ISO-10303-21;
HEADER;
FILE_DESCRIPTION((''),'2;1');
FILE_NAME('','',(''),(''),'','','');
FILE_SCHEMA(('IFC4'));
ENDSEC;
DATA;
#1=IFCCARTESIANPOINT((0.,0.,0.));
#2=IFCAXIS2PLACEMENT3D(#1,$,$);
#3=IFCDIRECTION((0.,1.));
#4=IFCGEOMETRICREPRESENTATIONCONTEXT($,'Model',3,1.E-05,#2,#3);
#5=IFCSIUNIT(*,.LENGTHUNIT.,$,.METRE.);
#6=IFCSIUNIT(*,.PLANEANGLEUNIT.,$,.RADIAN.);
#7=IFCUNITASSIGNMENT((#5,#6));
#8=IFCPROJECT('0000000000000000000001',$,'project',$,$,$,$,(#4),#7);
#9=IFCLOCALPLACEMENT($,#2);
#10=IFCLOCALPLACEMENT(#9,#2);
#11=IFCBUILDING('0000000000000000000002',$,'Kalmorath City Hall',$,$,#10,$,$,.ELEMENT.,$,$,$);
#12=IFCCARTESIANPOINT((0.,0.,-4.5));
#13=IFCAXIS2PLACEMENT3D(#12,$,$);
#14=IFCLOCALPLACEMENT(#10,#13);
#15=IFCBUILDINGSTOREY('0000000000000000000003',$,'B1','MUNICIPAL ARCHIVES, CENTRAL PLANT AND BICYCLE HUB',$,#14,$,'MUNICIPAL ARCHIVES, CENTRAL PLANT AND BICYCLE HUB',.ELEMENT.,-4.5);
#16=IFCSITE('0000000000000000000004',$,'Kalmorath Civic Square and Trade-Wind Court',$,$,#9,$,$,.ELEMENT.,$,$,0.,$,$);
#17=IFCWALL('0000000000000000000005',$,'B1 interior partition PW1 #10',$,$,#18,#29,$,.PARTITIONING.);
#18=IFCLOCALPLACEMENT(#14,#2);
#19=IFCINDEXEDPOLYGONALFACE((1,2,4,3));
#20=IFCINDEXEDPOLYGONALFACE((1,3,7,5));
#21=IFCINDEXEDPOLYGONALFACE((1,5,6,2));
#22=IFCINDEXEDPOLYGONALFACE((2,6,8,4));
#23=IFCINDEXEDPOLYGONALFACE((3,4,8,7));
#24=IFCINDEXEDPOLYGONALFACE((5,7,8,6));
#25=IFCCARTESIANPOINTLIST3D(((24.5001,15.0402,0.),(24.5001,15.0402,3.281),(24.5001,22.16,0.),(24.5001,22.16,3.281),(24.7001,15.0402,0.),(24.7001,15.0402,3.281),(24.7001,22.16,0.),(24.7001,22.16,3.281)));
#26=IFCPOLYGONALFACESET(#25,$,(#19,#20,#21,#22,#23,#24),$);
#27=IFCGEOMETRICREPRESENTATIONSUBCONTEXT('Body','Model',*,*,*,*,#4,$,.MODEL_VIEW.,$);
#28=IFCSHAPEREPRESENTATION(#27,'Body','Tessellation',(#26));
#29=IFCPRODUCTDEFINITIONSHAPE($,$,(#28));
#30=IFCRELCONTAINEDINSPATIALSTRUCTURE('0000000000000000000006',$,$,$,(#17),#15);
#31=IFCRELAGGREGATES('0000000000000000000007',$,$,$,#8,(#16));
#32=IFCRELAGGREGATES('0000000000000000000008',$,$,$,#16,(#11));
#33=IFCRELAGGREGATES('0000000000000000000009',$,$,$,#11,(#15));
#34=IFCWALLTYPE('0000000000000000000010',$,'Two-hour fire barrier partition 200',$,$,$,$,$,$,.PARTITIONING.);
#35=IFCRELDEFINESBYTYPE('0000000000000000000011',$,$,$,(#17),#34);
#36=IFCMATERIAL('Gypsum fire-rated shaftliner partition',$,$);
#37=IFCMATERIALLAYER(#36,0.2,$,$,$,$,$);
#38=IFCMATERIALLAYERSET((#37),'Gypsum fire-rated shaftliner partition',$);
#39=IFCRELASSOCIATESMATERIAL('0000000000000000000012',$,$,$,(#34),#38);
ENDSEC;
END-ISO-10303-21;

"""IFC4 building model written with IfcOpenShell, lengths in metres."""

from ifc_helpers import new_model, si_unit, direction, frame, frame_2d, origin, place, context, subcontext, project, spatial, rectangle, extrude, material, layer, layer_set, type_object, element, save


model = new_model("IFC4")

# Units and contexts
model_context = context("Model", 3, precision=1e-05, world=origin(), true_north=direction((0.0, 1.0)))
body_context = subcontext(model_context, "Body", "Model", "MODEL_VIEW")
ifc_project = project(units=[si_unit("LENGTHUNIT", "METRE"), si_unit("PLANEANGLEUNIT", "RADIAN")], contexts=[model_context])

# Site, building, storey
site_placement = place(None, origin())
site = spatial("IfcSite", under=ifc_project, at=site_placement, Name="Kalmorath Civic Square and Trade-Wind Court", CompositionType="ELEMENT", RefElevation=0.0)
building_placement = place(site_placement, origin())
building = spatial("IfcBuilding", under=site, at=building_placement, Name="Kalmorath City Hall", CompositionType="ELEMENT")
storey_placement = place(building_placement, frame((0.0, 0.0, -4.5)))
storey = spatial("IfcBuildingStorey", under=building, at=storey_placement, Name="B1", Description="MUNICIPAL ARCHIVES, CENTRAL PLANT AND BICYCLE HUB", LongName="MUNICIPAL ARCHIVES, CENTRAL PLANT AND BICYCLE HUB", CompositionType="ELEMENT", Elevation=-4.5)

# Wall
ifc_material_1 = material(Name="Gypsum fire-rated shaftliner partition")
ifc_layer_1 = layer(ifc_material_1, 0.2)
ifc_layer_set_1 = layer_set([ifc_layer_1], Name="Gypsum fire-rated shaftliner partition")
wall_type_1 = type_object("IfcWallType", Name="Two-hour fire barrier partition 200", PredefinedType="PARTITIONING", material=ifc_layer_set_1)
wall_1_placement = place(storey_placement, frame((24.6001, 15.04, 0.0), z_axis=(0.0, 0.0, 1.0), x_axis=(0.0, 1.0, 0.0)))
element("IfcWall", 1, at=wall_1_placement, inside=storey, type_object=wall_type_1, Name="B1 interior partition PW1 #10", PredefinedType="PARTITIONING", context=body_context, shape_type="SweptSolid", body=[
    extrude(rectangle(XDim=7.1199, YDim=0.2, at=frame_2d((3.5601, 0.0))), origin(), (0.0, 0.0, 1.0), 3.281),
])

save(model, "model.ifc")
